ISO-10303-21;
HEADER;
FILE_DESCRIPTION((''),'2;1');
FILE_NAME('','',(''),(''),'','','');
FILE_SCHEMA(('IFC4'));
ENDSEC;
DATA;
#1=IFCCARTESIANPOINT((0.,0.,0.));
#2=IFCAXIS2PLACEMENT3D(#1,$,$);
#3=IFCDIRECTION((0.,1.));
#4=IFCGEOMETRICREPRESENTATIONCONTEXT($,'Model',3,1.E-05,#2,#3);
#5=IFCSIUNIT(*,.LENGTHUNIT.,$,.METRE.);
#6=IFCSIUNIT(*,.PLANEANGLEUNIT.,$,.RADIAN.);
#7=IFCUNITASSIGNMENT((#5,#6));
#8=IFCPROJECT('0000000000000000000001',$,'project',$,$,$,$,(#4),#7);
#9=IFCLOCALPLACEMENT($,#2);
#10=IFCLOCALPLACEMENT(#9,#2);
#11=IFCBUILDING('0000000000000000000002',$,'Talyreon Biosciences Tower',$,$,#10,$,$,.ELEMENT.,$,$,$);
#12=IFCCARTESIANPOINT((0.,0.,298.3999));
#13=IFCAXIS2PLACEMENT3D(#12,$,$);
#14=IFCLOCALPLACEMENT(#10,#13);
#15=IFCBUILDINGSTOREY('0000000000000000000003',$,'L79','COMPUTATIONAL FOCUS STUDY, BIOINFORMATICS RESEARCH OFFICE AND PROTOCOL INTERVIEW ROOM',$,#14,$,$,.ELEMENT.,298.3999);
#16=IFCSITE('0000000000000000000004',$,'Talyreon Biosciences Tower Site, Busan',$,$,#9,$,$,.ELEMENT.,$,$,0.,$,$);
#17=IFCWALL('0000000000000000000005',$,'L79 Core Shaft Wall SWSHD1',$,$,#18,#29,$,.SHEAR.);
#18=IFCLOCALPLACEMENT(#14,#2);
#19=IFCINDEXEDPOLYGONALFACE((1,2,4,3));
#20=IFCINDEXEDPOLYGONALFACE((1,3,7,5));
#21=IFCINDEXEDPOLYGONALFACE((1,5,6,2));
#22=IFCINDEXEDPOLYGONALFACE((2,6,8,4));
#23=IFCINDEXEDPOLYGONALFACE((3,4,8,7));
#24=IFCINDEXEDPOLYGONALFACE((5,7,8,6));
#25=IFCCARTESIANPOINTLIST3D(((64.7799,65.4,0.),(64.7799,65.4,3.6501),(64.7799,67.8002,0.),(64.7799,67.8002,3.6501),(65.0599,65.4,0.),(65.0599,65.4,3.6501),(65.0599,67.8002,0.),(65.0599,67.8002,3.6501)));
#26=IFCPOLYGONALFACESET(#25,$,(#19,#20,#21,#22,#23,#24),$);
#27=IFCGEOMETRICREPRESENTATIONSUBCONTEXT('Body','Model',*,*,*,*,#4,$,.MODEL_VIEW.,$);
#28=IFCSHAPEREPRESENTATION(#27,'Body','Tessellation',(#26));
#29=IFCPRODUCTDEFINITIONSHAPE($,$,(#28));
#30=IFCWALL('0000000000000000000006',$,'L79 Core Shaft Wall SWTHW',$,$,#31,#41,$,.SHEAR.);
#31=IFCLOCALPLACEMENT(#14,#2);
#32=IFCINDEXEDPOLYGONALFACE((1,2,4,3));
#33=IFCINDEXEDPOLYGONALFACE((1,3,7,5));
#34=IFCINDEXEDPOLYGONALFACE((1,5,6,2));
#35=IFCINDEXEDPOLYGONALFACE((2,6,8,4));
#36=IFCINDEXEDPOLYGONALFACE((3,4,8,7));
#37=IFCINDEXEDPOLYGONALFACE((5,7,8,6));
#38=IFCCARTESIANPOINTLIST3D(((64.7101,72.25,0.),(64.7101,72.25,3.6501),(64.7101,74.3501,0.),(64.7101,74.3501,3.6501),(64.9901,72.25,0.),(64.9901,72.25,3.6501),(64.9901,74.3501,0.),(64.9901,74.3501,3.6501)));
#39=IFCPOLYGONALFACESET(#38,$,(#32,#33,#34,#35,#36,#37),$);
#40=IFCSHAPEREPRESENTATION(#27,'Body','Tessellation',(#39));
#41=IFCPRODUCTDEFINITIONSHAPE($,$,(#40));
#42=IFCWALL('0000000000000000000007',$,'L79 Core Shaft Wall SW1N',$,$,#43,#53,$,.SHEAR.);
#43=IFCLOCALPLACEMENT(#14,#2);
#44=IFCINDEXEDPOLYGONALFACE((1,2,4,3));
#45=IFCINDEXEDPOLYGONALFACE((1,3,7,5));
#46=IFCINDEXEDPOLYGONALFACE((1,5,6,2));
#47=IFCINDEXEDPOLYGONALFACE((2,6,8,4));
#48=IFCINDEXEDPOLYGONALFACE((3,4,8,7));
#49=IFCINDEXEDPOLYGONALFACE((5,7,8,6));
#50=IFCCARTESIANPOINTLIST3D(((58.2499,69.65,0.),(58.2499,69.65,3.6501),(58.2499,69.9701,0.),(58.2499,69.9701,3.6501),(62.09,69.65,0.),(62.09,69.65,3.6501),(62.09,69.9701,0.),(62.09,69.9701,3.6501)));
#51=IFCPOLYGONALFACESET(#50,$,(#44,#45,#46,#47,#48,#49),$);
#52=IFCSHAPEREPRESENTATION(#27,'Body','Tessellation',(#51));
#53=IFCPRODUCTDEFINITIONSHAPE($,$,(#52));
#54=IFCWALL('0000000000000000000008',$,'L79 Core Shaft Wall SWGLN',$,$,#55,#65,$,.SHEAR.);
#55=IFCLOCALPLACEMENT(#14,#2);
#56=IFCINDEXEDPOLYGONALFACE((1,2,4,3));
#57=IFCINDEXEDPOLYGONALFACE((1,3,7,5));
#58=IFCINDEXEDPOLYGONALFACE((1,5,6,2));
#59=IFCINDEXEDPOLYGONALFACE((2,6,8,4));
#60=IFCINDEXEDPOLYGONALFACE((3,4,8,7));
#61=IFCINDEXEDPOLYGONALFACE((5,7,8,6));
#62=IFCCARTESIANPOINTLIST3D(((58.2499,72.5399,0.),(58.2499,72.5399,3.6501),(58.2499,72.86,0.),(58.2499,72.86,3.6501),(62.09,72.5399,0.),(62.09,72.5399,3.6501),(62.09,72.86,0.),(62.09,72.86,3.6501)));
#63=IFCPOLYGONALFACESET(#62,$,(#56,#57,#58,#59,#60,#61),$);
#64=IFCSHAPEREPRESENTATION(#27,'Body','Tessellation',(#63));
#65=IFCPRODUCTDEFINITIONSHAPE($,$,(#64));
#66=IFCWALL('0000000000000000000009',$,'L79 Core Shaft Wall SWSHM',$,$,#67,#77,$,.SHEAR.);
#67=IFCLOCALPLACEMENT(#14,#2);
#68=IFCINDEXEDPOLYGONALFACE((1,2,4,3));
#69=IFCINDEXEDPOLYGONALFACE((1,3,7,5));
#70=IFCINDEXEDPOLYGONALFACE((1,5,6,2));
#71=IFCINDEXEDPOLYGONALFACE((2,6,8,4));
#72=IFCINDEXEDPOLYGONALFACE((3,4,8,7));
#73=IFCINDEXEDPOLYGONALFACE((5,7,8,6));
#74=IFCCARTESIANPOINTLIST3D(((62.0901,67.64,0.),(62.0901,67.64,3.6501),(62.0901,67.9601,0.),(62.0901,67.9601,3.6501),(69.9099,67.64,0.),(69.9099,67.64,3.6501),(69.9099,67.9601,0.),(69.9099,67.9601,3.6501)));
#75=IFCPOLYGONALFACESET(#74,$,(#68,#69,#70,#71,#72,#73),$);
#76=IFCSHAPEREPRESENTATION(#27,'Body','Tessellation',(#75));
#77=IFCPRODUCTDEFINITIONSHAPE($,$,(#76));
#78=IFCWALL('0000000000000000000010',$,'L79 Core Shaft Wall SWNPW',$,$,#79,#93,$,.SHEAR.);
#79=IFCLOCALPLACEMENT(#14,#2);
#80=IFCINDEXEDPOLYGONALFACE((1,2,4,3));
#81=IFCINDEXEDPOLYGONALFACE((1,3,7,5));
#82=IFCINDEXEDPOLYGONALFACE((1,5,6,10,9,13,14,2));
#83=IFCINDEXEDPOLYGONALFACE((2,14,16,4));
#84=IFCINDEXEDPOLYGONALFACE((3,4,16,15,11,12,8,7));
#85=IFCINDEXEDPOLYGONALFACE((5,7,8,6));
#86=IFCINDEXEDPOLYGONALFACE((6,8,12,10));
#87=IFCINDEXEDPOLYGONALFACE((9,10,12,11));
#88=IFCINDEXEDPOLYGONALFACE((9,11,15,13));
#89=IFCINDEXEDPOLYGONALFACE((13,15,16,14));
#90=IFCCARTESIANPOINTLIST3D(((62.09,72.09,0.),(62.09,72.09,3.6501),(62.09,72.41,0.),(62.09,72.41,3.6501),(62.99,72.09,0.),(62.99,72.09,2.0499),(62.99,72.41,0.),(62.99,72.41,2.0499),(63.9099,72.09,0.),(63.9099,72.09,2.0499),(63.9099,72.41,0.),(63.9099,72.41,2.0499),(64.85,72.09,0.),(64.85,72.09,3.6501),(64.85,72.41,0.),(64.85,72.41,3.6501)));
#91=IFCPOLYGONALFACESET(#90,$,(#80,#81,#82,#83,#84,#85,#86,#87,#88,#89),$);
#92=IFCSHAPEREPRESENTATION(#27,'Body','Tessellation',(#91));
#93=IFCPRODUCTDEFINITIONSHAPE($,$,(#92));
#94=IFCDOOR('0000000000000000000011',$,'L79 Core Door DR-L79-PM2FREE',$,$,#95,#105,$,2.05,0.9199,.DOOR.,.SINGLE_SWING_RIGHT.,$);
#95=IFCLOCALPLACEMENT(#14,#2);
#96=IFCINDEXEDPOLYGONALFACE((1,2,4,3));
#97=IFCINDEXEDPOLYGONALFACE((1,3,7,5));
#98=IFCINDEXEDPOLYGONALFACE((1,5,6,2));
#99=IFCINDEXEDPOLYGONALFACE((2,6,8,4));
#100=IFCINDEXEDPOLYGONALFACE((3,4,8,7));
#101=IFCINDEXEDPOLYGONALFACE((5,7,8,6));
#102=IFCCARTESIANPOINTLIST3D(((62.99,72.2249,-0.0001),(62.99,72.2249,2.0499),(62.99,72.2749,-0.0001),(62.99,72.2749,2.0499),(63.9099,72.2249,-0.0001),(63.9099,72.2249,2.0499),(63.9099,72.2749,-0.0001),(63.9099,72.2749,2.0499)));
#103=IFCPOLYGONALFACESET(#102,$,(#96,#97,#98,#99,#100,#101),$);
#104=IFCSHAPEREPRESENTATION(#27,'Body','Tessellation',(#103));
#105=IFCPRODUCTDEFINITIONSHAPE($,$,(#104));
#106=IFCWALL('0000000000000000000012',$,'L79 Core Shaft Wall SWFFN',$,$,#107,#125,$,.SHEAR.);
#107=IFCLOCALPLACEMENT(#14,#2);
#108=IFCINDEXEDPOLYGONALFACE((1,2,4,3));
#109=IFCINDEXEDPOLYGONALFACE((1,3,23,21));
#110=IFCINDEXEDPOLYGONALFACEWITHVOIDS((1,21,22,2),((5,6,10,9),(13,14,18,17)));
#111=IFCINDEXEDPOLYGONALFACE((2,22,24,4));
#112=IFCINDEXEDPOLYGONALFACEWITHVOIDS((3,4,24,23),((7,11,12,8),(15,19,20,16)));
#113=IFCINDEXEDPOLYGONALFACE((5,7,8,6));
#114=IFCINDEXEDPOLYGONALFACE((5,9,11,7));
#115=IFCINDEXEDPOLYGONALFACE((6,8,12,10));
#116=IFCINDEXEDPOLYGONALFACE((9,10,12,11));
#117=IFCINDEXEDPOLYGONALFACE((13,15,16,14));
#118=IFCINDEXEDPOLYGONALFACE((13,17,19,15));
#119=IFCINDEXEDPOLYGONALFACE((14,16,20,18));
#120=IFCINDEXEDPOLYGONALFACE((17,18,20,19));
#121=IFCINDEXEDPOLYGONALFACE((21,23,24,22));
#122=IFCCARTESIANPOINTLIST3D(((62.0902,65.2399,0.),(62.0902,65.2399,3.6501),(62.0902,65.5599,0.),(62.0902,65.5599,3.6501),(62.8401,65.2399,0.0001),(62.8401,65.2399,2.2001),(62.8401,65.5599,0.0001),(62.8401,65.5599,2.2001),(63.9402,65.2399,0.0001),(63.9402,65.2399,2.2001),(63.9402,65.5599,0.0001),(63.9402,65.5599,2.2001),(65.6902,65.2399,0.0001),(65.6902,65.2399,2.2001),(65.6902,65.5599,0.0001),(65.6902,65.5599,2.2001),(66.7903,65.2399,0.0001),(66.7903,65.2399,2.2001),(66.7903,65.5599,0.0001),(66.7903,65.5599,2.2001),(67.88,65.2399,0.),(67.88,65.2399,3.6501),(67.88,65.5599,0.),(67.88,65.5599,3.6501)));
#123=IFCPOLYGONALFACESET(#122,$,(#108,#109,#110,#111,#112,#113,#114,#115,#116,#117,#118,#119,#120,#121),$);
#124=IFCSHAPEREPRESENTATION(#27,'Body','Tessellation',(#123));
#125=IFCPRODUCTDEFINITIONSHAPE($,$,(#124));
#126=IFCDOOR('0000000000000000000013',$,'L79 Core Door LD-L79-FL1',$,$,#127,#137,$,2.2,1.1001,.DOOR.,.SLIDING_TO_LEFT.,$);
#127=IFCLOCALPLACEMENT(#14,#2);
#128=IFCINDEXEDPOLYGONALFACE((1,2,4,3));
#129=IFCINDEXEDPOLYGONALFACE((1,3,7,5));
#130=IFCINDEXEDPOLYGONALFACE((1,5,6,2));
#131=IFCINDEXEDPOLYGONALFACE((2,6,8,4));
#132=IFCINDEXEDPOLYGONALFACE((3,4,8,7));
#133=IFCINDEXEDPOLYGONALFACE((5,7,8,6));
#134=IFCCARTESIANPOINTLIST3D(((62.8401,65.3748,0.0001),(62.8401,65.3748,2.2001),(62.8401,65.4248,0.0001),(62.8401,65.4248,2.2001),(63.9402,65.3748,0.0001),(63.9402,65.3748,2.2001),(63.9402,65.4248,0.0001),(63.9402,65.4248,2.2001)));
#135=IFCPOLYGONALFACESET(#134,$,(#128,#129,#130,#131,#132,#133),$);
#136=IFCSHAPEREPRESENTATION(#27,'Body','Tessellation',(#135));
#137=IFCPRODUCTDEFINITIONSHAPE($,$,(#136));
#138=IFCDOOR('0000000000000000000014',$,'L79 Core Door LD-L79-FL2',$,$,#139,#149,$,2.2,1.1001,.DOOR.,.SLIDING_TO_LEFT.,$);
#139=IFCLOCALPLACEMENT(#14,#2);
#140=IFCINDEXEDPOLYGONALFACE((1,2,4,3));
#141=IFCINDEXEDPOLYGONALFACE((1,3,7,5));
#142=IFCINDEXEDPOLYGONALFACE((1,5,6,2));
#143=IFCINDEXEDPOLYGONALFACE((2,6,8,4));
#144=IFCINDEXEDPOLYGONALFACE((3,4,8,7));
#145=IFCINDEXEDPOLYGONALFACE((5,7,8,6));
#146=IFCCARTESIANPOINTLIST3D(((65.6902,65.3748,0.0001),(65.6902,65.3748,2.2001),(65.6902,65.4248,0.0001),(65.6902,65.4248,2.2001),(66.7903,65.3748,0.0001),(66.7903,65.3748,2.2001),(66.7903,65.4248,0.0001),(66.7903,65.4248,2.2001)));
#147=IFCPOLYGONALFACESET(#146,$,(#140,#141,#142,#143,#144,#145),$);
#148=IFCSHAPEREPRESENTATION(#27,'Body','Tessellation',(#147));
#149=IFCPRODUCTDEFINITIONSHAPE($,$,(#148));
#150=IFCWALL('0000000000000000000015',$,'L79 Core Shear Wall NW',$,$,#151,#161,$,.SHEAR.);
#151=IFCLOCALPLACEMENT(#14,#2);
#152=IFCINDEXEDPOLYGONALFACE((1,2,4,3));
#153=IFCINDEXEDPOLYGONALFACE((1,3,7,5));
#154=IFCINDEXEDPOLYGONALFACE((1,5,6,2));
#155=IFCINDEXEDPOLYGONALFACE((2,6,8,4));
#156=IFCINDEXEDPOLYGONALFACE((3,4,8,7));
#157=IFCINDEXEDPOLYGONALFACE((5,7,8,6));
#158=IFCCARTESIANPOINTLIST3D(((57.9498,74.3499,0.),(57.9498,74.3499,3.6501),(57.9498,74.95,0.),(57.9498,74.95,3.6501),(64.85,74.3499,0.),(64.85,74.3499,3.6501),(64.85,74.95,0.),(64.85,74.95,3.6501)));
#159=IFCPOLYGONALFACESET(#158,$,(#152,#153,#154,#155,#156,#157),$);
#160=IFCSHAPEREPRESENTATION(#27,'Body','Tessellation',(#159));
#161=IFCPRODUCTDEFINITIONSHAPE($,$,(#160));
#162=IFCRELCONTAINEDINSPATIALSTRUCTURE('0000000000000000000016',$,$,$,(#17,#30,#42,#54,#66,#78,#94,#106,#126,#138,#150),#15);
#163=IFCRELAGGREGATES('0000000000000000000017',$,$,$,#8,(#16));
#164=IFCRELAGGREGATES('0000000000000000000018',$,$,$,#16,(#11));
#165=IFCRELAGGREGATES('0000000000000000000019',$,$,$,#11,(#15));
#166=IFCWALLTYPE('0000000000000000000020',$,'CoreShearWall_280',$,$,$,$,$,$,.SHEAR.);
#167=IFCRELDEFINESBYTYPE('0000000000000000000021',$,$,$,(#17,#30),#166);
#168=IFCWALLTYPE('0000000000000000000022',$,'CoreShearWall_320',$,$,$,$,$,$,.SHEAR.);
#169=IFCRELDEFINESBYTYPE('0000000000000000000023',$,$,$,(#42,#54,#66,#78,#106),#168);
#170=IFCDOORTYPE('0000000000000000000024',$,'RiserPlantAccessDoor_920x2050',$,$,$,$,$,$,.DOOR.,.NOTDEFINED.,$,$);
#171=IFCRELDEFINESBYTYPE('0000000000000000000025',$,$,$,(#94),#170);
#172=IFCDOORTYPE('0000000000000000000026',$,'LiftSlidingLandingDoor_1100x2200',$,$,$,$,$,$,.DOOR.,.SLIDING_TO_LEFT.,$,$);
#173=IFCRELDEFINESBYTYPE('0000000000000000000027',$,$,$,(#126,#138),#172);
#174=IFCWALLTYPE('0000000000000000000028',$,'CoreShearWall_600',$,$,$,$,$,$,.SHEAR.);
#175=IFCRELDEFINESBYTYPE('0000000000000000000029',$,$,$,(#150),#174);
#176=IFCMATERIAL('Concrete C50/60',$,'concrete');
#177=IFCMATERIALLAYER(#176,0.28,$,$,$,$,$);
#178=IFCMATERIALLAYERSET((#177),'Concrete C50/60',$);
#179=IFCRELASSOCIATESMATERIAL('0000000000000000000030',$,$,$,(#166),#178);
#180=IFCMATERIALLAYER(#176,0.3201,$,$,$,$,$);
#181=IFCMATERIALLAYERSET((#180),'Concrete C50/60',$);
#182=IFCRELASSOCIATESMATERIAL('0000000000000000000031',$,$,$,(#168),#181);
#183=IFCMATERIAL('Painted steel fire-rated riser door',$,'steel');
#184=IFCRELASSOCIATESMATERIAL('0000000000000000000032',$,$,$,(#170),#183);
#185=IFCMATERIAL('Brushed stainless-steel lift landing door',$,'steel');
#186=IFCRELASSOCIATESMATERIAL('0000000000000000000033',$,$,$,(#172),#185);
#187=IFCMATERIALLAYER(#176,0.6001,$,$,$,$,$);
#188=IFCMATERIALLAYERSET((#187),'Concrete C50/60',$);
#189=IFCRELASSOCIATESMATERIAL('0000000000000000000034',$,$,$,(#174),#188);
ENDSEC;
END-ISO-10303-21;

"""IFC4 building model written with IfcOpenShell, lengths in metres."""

from ifc_helpers import new_model, si_unit, direction, frame, frame_2d, origin, place, context, subcontext, project, spatial, rectangle, extrude, material, layer, layer_set, type_object, element, fill, save


model = new_model("IFC4")

# Units and contexts
model_context = context("Model", 3, precision=1e-05, world=origin(), true_north=direction((0.0, 1.0)))
body_context = subcontext(model_context, "Body", "Model", "MODEL_VIEW")
ifc_project = project(units=[si_unit("LENGTHUNIT", "METRE"), si_unit("PLANEANGLEUNIT", "RADIAN")], contexts=[model_context])

# Site, building, storey
site_placement = place(None, origin())
site = spatial("IfcSite", under=ifc_project, at=site_placement, Name="Talyreon Biosciences Tower Site, Busan", CompositionType="ELEMENT", RefElevation=0.0)
building_placement = place(site_placement, origin())
building = spatial("IfcBuilding", under=site, at=building_placement, Name="Talyreon Biosciences Tower", CompositionType="ELEMENT")
storey_placement = place(building_placement, frame((0.0, 0.0, 298.3999)))
storey = spatial("IfcBuildingStorey", under=building, at=storey_placement, Name="L79", Description="COMPUTATIONAL FOCUS STUDY, BIOINFORMATICS RESEARCH OFFICE AND PROTOCOL INTERVIEW ROOM", CompositionType="ELEMENT", Elevation=298.3999)

# Shared definitions
ifc_material_1 = material(Name="Concrete C50/60", Category="concrete")

# Walls
ifc_layer_1 = layer(ifc_material_1, 0.28)
ifc_layer_set_1 = layer_set([ifc_layer_1], Name="Concrete C50/60")
wall_type_1 = type_object("IfcWallType", Name="CoreShearWall_280", PredefinedType="SHEAR", material=ifc_layer_set_1)
wall_1_placement = place(storey_placement, frame((64.9199, 65.3999, 0.0), z_axis=(0.0, 0.0, 1.0), x_axis=(0.0, 1.0, 0.0)))
element("IfcWall", 1, at=wall_1_placement, inside=storey, type_object=wall_type_1, Name="L79 Core Shaft Wall SWSHD1", PredefinedType="SHEAR", context=body_context, shape_type="SweptSolid", body=[
    extrude(rectangle(XDim=2.4001, YDim=0.28, at=frame_2d((1.2002, 0.0))), origin(), (0.0, 0.0, 1.0), 3.6501),
])
wall_2_placement = place(storey_placement, frame((64.8501, 72.25, 0.0), z_axis=(0.0, 0.0, 1.0), x_axis=(0.0, 1.0, 0.0)))
element("IfcWall", 2, at=wall_2_placement, inside=storey, type_object=wall_type_1, Name="L79 Core Shaft Wall SWTHW", PredefinedType="SHEAR", context=body_context, shape_type="SweptSolid", body=[
    extrude(rectangle(XDim=2.1001, YDim=0.28, at=frame_2d((1.05, 0.0))), origin(), (0.0, 0.0, 1.0), 3.6501),
])
ifc_layer_2 = layer(ifc_material_1, 0.3201)
ifc_layer_set_2 = layer_set([ifc_layer_2], Name="Concrete C50/60")
wall_type_2 = type_object("IfcWallType", Name="CoreShearWall_320", PredefinedType="SHEAR", material=ifc_layer_set_2)
for number, where, z_axis, x_axis, name in (
    (3, (58.25, 69.8101, 0.0), (0.0, 0.0, 1.0), (1.0, 0.0, 0.0), "L79 Core Shaft Wall SW1N"),
    (4, (58.25, 72.7, 0.0), (0.0, 0.0, 1.0), (1.0, 0.0, 0.0), "L79 Core Shaft Wall SWGLN"),
):
    element("IfcWall", number, at=place(storey_placement, frame(where, z_axis=z_axis, x_axis=x_axis)), inside=storey, type_object=wall_type_2, Name=name, PredefinedType="SHEAR", context=body_context, shape_type="SweptSolid", body=[
        extrude(rectangle(XDim=3.8401, YDim=0.3201, at=frame_2d((1.9199, 0.0))), origin(), (0.0, 0.0, 1.0), 3.6501),
    ])
wall_3_placement = place(storey_placement, frame((62.0901, 67.8, 0.0), z_axis=(0.0, 0.0, 1.0), x_axis=(1.0, 0.0, 0.0)))
element("IfcWall", 5, at=wall_3_placement, inside=storey, type_object=wall_type_2, Name="L79 Core Shaft Wall SWSHM", PredefinedType="SHEAR", context=body_context, shape_type="SweptSolid", body=[
    extrude(rectangle(XDim=7.8198, YDim=0.3201, at=frame_2d((3.9099, 0.0))), origin(), (0.0, 0.0, 1.0), 3.6501),
])

# Wall, opening, door
wall_4_placement = place(storey_placement, frame((62.0901, 72.25, 0.0), z_axis=(0.0, 0.0, 1.0), x_axis=(1.0, 0.0, 0.0)))
wall_4 = element("IfcWall", 6, at=wall_4_placement, inside=storey, type_object=wall_type_2, Name="L79 Core Shaft Wall SWNPW", PredefinedType="SHEAR", context=body_context, shape_type="SweptSolid", body=[
    extrude(rectangle(XDim=2.76, YDim=0.3201, at=frame_2d((1.3799, 0.0))), origin(), (0.0, 0.0, 1.0), 3.6501),
])
opening_1_placement = place(wall_4_placement, frame((0.8999, 0.0, 0.0)))
opening_1 = element("IfcOpeningElement", 7, at=opening_1_placement, cuts=wall_4, PredefinedType="OPENING", context=body_context, shape_type="SweptSolid", body=[
    extrude(rectangle(XDim=0.9199, YDim=2.05, at=frame_2d((0.46, 1.0249))), frame((0.0, 0.1699, 0.0), z_axis=(0.0, -1.0, 0.0), x_axis=(1.0, 0.0, 0.0)), (0.0, 0.0, 1.0), 0.3401),
])
ifc_material_2 = material(Name="Painted steel fire-rated riser door", Category="steel")
door_type_1 = type_object("IfcDoorType", Name="RiserPlantAccessDoor_920x2050", OperationType="NOTDEFINED", PredefinedType="DOOR", material=ifc_material_2)
door_1_placement = place(opening_1_placement, origin())
door_1 = element("IfcDoor", 8, at=door_1_placement, inside=storey, type_object=door_type_1, Name="L79 Core Door DR-L79-PM2FREE", OperationType="SINGLE_SWING_RIGHT", OverallHeight=2.05, OverallWidth=0.9199, PredefinedType="DOOR", context=body_context, shape_type="SweptSolid", body=[
    extrude(rectangle(XDim=0.9199, YDim=2.05, at=frame_2d((0.46, 1.0249))), frame((0.0, 0.0249, 0.0), z_axis=(0.0, -1.0, 0.0), x_axis=(1.0, 0.0, 0.0)), (0.0, 0.0, 1.0), 0.05),
])
fill(opening_1, door_1)

# Wall, openings, doors
wall_5_placement = place(storey_placement, frame((62.0901, 65.3999, 0.0), z_axis=(0.0, 0.0, 1.0), x_axis=(1.0, 0.0, 0.0)))
wall_5 = element("IfcWall", 9, at=wall_5_placement, inside=storey, type_object=wall_type_2, Name="L79 Core Shaft Wall SWFFN", PredefinedType="SHEAR", context=body_context, shape_type="SweptSolid", body=[
    extrude(rectangle(XDim=5.7898, YDim=0.3201, at=frame_2d((2.895, 0.0))), origin(), (0.0, 0.0, 1.0), 3.6501),
])
opening_2_placement = place(wall_5_placement, frame((0.75, 0.0, 0.0)))
opening_2 = element("IfcOpeningElement", 10, at=opening_2_placement, cuts=wall_5, PredefinedType="OPENING", context=body_context, shape_type="SweptSolid", body=[
    extrude(rectangle(XDim=1.1001, YDim=2.2, at=frame_2d((0.55, 1.1001))), frame((0.0, 0.1699, 0.0), z_axis=(0.0, -1.0, 0.0), x_axis=(1.0, 0.0, 0.0)), (0.0, 0.0, 1.0), 0.3401),
])
opening_3_placement = place(wall_5_placement, frame((3.6001, 0.0, 0.0)))
opening_3 = element("IfcOpeningElement", 11, at=opening_3_placement, cuts=wall_5, PredefinedType="OPENING", context=body_context, shape_type="SweptSolid", body=[
    extrude(rectangle(XDim=1.1001, YDim=2.2, at=frame_2d((0.55, 1.1001))), frame((0.0, 0.1699, 0.0), z_axis=(0.0, -1.0, 0.0), x_axis=(1.0, 0.0, 0.0)), (0.0, 0.0, 1.0), 0.3401),
])
ifc_material_3 = material(Name="Brushed stainless-steel lift landing door", Category="steel")
door_type_2 = type_object("IfcDoorType", Name="LiftSlidingLandingDoor_1100x2200", OperationType="SLIDING_TO_LEFT", PredefinedType="DOOR", material=ifc_material_3)
door_2_placement = place(opening_2_placement, origin())
door_2 = element("IfcDoor", 12, at=door_2_placement, inside=storey, type_object=door_type_2, Name="L79 Core Door LD-L79-FL1", OperationType="SLIDING_TO_LEFT", OverallHeight=2.2, OverallWidth=1.1001, PredefinedType="DOOR", context=body_context, shape_type="SweptSolid", body=[
    extrude(rectangle(XDim=1.1001, YDim=2.2, at=frame_2d((0.55, 1.1001))), frame((0.0, 0.0249, 0.0), z_axis=(0.0, -1.0, 0.0), x_axis=(1.0, 0.0, 0.0)), (0.0, 0.0, 1.0), 0.05),
])
fill(opening_2, door_2)
door_3_placement = place(opening_3_placement, origin())
door_3 = element("IfcDoor", 13, at=door_3_placement, inside=storey, type_object=door_type_2, Name="L79 Core Door LD-L79-FL2", OperationType="SLIDING_TO_LEFT", OverallHeight=2.2, OverallWidth=1.1001, PredefinedType="DOOR", context=body_context, shape_type="SweptSolid", body=[
    extrude(rectangle(XDim=1.1001, YDim=2.2, at=frame_2d((0.55, 1.1001))), frame((0.0, 0.0249, 0.0), z_axis=(0.0, -1.0, 0.0), x_axis=(1.0, 0.0, 0.0)), (0.0, 0.0, 1.0), 0.05),
])
fill(opening_3, door_3)

# Wall
ifc_layer_3 = layer(ifc_material_1, 0.6001)
ifc_layer_set_3 = layer_set([ifc_layer_3], Name="Concrete C50/60")
wall_type_3 = type_object("IfcWallType", Name="CoreShearWall_600", PredefinedType="SHEAR", material=ifc_layer_set_3)
wall_6_placement = place(storey_placement, frame((64.8501, 74.6499, 0.0), z_axis=(0.0, 0.0, 1.0), x_axis=(-1.0, 0.0, 0.0)))
element("IfcWall", 14, at=wall_6_placement, inside=storey, type_object=wall_type_3, Name="L79 Core Shear Wall NW", PredefinedType="SHEAR", context=body_context, shape_type="SweptSolid", body=[
    extrude(rectangle(XDim=6.9001, YDim=0.6001, at=frame_2d((3.4502, 0.0))), origin(), (0.0, 0.0, 1.0), 3.6501),
])

save(model, "model.ifc")
